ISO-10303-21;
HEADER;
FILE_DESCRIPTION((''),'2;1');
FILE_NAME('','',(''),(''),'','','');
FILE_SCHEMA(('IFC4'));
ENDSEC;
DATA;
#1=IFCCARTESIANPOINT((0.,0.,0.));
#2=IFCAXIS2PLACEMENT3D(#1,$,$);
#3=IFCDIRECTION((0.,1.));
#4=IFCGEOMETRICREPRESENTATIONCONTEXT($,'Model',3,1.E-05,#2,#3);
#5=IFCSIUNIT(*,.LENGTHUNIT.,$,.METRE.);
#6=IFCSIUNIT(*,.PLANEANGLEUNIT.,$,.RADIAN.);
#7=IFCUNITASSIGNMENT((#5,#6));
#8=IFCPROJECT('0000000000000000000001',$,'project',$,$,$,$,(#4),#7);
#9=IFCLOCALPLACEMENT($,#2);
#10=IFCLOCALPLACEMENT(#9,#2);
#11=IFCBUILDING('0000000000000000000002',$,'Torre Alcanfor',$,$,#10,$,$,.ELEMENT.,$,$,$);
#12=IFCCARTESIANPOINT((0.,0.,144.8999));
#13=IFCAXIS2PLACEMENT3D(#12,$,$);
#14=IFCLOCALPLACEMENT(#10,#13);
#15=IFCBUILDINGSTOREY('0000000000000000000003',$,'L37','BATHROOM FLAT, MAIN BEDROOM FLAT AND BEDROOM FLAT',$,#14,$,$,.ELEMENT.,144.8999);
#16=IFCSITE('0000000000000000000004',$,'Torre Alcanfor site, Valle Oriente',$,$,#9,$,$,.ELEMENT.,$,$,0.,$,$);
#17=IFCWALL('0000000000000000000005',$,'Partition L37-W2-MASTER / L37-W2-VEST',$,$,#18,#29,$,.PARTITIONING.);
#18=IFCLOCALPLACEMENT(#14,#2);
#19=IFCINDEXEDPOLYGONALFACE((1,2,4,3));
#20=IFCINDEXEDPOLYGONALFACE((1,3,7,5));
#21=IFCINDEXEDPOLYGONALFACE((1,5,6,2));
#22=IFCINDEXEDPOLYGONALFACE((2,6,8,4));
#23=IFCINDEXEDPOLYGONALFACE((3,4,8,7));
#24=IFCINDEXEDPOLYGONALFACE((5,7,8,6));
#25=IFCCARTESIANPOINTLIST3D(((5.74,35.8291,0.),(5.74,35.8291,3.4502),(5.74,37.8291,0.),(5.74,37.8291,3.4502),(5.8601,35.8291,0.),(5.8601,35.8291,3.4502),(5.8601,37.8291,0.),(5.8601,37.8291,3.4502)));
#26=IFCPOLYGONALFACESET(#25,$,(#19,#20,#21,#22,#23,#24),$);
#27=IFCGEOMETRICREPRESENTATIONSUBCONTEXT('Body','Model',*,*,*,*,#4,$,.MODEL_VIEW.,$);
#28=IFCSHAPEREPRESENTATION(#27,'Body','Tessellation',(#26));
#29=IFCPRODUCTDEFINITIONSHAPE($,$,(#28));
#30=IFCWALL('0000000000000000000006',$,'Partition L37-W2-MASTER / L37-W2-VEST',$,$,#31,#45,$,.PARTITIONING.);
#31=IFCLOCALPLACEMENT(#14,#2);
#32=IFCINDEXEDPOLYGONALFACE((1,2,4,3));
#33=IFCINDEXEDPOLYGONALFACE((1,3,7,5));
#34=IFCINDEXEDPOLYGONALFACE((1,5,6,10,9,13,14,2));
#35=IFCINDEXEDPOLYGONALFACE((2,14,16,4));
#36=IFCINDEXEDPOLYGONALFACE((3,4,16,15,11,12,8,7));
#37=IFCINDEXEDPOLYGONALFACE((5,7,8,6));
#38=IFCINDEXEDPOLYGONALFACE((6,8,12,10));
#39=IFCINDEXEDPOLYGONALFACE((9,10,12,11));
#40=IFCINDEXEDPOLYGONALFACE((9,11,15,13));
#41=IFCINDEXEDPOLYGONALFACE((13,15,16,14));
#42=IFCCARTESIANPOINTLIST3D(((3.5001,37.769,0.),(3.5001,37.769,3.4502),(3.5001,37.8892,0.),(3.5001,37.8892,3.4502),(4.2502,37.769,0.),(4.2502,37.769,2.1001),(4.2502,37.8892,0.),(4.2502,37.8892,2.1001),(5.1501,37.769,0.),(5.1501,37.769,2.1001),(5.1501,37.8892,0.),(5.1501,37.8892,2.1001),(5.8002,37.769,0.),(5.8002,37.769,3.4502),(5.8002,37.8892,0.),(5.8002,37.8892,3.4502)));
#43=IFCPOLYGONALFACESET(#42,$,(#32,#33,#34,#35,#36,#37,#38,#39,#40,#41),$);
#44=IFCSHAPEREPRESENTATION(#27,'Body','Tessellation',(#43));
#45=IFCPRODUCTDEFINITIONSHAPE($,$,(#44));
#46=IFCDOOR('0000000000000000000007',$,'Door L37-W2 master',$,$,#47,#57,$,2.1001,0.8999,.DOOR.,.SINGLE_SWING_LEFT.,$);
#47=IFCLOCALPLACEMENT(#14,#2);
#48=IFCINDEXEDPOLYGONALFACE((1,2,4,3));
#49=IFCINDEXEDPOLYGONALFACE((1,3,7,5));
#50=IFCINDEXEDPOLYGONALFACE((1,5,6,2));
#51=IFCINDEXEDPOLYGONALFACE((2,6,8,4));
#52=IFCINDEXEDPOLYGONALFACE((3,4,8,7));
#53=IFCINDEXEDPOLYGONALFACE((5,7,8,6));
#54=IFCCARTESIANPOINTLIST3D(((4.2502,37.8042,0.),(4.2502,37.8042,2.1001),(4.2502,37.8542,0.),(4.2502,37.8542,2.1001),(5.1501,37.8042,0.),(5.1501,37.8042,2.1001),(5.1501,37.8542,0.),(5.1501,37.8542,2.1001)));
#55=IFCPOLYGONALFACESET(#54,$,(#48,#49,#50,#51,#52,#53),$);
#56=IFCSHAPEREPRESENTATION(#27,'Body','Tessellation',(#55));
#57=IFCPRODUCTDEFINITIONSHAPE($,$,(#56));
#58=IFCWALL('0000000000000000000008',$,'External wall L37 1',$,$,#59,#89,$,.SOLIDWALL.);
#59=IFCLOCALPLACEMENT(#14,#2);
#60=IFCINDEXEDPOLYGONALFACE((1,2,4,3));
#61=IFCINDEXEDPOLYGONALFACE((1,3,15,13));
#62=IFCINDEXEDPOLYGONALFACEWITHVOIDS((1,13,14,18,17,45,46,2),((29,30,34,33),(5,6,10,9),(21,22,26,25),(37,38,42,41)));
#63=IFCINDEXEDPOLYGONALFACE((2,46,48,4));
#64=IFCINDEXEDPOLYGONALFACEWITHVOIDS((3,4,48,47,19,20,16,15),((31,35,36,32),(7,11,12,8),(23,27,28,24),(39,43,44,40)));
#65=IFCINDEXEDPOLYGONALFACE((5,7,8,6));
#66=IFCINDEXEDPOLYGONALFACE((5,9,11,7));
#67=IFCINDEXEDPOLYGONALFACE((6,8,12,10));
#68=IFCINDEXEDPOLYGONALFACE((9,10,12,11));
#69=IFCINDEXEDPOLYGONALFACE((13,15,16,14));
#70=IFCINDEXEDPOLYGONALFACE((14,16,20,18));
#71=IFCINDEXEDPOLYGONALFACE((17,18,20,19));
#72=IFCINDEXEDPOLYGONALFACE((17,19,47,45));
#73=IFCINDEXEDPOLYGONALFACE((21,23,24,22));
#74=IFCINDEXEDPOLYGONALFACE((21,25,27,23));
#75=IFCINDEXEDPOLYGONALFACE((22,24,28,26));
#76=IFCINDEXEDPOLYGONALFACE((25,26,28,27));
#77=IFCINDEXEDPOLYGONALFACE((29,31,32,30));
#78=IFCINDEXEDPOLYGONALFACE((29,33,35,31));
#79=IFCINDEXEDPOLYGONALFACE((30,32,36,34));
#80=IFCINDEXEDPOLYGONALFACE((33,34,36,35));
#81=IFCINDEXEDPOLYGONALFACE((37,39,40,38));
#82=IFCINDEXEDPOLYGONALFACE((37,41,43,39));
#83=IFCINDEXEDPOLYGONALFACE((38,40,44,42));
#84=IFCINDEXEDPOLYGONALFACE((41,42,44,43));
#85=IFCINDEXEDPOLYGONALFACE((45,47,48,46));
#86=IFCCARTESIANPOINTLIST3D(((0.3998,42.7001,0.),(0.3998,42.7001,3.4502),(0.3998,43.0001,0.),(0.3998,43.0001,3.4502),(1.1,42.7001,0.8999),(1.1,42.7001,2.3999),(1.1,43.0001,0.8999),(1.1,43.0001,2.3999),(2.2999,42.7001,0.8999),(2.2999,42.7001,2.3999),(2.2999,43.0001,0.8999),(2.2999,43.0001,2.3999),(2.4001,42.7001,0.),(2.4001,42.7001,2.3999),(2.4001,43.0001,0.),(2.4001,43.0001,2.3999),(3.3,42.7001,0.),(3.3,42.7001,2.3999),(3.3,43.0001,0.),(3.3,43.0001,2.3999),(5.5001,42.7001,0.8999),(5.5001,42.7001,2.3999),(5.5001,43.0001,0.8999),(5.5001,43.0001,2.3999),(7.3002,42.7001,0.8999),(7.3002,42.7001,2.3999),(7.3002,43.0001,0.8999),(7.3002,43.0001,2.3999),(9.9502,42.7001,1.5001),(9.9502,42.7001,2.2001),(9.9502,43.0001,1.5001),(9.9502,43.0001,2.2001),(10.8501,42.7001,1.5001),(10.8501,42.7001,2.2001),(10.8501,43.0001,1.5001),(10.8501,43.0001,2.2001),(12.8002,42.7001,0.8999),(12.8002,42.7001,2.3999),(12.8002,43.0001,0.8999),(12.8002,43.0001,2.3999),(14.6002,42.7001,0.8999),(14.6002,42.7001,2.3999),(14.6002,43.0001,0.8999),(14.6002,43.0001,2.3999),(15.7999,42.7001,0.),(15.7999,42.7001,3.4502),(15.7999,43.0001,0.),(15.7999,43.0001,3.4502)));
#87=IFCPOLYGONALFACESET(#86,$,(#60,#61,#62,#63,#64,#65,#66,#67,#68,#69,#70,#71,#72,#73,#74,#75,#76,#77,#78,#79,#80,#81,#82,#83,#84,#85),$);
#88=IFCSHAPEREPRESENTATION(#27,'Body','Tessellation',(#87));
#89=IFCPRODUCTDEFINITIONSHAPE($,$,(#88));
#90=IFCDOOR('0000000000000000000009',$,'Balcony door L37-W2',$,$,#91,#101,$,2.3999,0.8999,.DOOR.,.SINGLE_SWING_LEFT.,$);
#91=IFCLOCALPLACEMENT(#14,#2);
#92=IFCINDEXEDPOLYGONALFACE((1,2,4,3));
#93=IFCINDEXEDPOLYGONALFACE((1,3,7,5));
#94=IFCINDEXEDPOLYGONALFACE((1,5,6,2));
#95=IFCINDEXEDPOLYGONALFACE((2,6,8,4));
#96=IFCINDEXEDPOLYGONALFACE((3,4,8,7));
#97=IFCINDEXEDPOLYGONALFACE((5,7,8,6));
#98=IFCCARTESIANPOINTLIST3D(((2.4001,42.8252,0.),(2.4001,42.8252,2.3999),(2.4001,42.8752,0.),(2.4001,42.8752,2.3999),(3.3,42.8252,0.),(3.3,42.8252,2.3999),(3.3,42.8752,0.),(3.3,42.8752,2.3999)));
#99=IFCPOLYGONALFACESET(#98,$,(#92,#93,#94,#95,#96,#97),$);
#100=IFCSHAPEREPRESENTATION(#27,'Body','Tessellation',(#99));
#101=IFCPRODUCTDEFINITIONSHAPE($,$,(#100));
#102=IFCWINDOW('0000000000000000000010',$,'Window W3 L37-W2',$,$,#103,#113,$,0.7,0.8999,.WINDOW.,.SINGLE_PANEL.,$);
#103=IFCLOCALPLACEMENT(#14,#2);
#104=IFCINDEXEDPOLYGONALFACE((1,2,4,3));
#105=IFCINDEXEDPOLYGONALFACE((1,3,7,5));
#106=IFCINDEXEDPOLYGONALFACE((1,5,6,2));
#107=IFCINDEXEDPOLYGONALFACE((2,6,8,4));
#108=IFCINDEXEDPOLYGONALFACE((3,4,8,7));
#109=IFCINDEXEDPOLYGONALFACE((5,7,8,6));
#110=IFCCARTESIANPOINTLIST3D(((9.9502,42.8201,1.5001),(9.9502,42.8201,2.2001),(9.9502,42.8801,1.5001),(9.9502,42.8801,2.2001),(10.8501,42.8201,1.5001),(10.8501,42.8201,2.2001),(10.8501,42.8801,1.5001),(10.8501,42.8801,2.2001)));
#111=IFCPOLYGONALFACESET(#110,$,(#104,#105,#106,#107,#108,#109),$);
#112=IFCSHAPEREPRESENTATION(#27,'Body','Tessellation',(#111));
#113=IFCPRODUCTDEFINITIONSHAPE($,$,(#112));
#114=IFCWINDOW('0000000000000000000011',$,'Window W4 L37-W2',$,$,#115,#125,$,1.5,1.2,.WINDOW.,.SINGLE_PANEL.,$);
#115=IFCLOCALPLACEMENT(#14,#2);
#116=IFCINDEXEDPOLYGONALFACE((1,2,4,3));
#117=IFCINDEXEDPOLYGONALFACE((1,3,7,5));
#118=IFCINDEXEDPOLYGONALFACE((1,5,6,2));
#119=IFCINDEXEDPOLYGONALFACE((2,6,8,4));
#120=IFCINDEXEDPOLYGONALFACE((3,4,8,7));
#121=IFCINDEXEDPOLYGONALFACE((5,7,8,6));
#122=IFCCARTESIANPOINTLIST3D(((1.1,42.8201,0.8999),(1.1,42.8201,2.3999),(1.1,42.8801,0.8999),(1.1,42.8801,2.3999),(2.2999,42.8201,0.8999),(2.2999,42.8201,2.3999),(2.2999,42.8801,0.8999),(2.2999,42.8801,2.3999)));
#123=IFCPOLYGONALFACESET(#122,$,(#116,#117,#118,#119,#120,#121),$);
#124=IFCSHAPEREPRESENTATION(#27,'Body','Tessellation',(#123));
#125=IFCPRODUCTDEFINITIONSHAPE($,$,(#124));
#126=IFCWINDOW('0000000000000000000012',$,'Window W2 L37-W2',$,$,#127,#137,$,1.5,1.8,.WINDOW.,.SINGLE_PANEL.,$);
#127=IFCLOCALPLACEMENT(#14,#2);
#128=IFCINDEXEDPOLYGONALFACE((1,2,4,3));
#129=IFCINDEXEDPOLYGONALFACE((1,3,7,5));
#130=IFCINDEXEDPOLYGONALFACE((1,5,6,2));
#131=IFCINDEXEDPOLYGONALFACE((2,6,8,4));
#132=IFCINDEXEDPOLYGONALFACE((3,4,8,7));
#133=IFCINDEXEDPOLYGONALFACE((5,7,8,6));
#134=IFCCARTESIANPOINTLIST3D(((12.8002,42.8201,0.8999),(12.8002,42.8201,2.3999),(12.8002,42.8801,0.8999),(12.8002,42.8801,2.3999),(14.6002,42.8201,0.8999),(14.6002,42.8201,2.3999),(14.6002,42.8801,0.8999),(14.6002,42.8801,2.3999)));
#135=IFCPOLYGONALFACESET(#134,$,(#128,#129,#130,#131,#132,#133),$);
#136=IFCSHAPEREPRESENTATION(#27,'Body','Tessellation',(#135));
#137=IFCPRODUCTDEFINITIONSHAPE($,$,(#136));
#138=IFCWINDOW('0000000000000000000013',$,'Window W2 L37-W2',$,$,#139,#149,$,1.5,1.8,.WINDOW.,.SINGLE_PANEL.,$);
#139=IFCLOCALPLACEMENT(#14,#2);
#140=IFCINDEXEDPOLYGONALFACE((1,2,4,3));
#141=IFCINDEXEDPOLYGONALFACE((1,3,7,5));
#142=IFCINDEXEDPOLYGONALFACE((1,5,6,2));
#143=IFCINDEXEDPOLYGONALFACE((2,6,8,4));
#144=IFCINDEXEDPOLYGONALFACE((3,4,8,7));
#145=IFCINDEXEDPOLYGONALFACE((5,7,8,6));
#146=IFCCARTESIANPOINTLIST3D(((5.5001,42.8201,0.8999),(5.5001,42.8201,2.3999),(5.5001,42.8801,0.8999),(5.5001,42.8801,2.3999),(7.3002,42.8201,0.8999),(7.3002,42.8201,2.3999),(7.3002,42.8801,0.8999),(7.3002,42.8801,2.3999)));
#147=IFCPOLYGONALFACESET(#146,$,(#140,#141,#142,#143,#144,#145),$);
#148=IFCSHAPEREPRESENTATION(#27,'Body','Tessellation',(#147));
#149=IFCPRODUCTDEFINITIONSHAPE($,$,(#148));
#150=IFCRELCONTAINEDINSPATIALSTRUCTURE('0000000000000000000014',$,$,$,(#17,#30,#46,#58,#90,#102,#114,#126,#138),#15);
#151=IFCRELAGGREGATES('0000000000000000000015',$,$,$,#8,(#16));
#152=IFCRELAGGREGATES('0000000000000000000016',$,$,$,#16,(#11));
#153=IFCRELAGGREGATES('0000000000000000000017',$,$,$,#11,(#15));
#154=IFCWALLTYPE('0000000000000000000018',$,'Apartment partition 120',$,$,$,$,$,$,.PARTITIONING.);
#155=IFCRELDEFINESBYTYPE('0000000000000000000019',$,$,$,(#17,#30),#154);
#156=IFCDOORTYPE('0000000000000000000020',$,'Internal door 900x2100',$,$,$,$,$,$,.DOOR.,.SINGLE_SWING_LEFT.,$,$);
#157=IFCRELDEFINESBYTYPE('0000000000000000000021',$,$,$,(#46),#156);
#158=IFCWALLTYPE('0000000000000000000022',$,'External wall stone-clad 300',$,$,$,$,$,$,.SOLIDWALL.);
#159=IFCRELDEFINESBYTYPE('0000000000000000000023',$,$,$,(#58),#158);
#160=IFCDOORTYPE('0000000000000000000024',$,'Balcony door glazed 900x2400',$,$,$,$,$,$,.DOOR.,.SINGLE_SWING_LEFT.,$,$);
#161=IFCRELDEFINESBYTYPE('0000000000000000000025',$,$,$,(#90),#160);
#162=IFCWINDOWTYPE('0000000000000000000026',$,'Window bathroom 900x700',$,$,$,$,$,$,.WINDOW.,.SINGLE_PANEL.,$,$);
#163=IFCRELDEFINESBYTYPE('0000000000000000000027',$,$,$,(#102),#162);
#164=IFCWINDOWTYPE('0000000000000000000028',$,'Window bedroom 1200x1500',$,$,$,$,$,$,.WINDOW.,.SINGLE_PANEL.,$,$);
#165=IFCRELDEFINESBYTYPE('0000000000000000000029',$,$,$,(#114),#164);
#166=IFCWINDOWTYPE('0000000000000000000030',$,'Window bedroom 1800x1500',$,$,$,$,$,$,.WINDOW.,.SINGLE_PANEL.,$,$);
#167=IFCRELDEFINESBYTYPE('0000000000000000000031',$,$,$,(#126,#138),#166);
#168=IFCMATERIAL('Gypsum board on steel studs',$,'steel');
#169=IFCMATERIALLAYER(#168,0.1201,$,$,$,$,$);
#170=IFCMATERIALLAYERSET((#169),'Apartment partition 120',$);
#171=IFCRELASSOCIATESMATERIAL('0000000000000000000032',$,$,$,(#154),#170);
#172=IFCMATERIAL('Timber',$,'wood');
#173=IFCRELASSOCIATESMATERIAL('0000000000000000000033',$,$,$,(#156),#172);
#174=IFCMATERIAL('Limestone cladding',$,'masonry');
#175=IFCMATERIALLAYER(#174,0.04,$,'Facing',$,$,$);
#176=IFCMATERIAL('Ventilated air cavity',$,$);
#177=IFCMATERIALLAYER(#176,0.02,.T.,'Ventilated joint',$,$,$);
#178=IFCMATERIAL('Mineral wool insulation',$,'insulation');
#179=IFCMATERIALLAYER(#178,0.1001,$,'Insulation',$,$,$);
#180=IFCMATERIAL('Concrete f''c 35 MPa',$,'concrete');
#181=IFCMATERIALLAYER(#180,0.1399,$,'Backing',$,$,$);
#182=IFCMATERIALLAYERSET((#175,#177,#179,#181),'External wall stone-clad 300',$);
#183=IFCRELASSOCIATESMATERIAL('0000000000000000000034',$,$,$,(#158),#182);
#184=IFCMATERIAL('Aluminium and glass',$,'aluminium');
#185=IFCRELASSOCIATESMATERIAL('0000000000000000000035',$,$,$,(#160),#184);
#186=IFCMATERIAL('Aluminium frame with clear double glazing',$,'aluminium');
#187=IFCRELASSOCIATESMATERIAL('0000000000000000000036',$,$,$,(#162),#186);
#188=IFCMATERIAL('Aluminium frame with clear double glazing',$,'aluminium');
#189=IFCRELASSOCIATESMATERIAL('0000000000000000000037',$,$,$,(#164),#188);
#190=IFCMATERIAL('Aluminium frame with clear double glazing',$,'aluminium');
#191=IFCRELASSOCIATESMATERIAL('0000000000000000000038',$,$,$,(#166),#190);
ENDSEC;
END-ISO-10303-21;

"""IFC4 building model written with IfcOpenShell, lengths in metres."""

from ifc_helpers import new_model, si_unit, direction, frame, frame_2d, origin, place, context, subcontext, project, spatial, rectangle, extrude, material, layer, layer_set, type_object, element, fill, save


model = new_model("IFC4")

# Units and contexts
model_context = context("Model", 3, precision=1e-05, world=origin(), true_north=direction((0.0, 1.0)))
body_context = subcontext(model_context, "Body", "Model", "MODEL_VIEW")
ifc_project = project(units=[si_unit("LENGTHUNIT", "METRE"), si_unit("PLANEANGLEUNIT", "RADIAN")], contexts=[model_context])

# Site, building, storey
site_placement = place(None, origin())
site = spatial("IfcSite", under=ifc_project, at=site_placement, Name="Torre Alcanfor site, Valle Oriente", CompositionType="ELEMENT", RefElevation=0.0)
building_placement = place(site_placement, origin())
building = spatial("IfcBuilding", under=site, at=building_placement, Name="Torre Alcanfor", CompositionType="ELEMENT")
storey_placement = place(building_placement, frame((0.0, 0.0, 144.8999)))
storey = spatial("IfcBuildingStorey", under=building, at=storey_placement, Name="L37", Description="BATHROOM FLAT, MAIN BEDROOM FLAT AND BEDROOM FLAT", CompositionType="ELEMENT", Elevation=144.8999)

# Shared definitions
ifc_material_1 = material(Name="Gypsum board on steel studs", Category="steel")
ifc_layer_1 = layer(ifc_material_1, 0.1201)
ifc_layer_set_1 = layer_set([ifc_layer_1], Name="Apartment partition 120")
wall_type_1 = type_object("IfcWallType", Name="Apartment partition 120", PredefinedType="PARTITIONING", material=ifc_layer_set_1)
ifc_material_2 = material(Name="Timber", Category="wood")
door_type_1 = type_object("IfcDoorType", Name="Internal door 900x2100", OperationType="SINGLE_SWING_LEFT", PredefinedType="DOOR", material=ifc_material_2)

# Wall
wall_1_placement = place(storey_placement, frame((5.8, 35.8291, 0.0), z_axis=(0.0, 0.0, 1.0), x_axis=(0.0, 1.0, 0.0)))
element("IfcWall", 1, at=wall_1_placement, inside=storey, type_object=wall_type_1, Name="Partition L37-W2-MASTER / L37-W2-VEST", PredefinedType="PARTITIONING", context=body_context, shape_type="SweptSolid", body=[
    extrude(rectangle(XDim=2.0, YDim=0.1201, at=frame_2d((1.0, 0.0))), origin(), (0.0, 0.0, 1.0), 3.4502),
])

# Wall, opening, door
wall_2_placement = place(storey_placement, frame((5.8, 37.8291, 0.0), z_axis=(0.0, 0.0, 1.0), x_axis=(-1.0, 0.0, 0.0)))
wall_2 = element("IfcWall", 2, at=wall_2_placement, inside=storey, type_object=wall_type_1, Name="Partition L37-W2-MASTER / L37-W2-VEST", PredefinedType="PARTITIONING", context=body_context, shape_type="SweptSolid", body=[
    extrude(rectangle(XDim=2.3, YDim=0.1201, at=frame_2d((1.1499, 0.0))), origin(), (0.0, 0.0, 1.0), 3.4502),
])
opening_1_placement = place(wall_2_placement, frame((0.6499, 0.0, 0.0)))
opening_1 = element("IfcOpeningElement", 3, at=opening_1_placement, cuts=wall_2, PredefinedType="OPENING", context=body_context, shape_type="SweptSolid", body=[
    extrude(rectangle(XDim=0.8999, YDim=2.1001, at=frame_2d((0.45, 1.05))), frame((0.0, 0.0701, 0.0), z_axis=(0.0, -1.0, 0.0), x_axis=(1.0, 0.0, 0.0)), (0.0, 0.0, 1.0), 0.1401),
])
door_1_placement = place(opening_1_placement, origin())
door_1 = element("IfcDoor", 4, at=door_1_placement, inside=storey, type_object=door_type_1, Name="Door L37-W2 master", OperationType="SINGLE_SWING_LEFT", OverallHeight=2.1001, OverallWidth=0.8999, PredefinedType="DOOR", context=body_context, shape_type="SweptSolid", body=[
    extrude(rectangle(XDim=0.8999, YDim=2.1001, at=frame_2d((0.45, 1.05))), frame((0.0, 0.0249, 0.0), z_axis=(0.0, -1.0, 0.0), x_axis=(1.0, 0.0, 0.0)), (0.0, 0.0, 1.0), 0.05),
])
fill(opening_1, door_1)

# Wall, openings, door, windows
ifc_material_3 = material(Name="Limestone cladding", Category="masonry")
ifc_layer_2 = layer(ifc_material_3, 0.04, Name="Facing")
ifc_material_4 = material(Name="Ventilated air cavity")
ifc_layer_3 = layer(ifc_material_4, 0.02, ventilated=True, Name="Ventilated joint")
ifc_material_5 = material(Name="Mineral wool insulation", Category="insulation")
ifc_layer_4 = layer(ifc_material_5, 0.1001, Name="Insulation")
ifc_material_6 = material(Name="Concrete f'c 35 MPa", Category="concrete")
ifc_layer_5 = layer(ifc_material_6, 0.1399, Name="Backing")
ifc_layer_set_2 = layer_set([ifc_layer_2, ifc_layer_3, ifc_layer_4, ifc_layer_5], Name="External wall stone-clad 300")
wall_type_2 = type_object("IfcWallType", Name="External wall stone-clad 300", PredefinedType="SOLIDWALL", material=ifc_layer_set_2)
wall_3_placement = place(storey_placement, frame((15.8, 42.8501, 0.0), z_axis=(0.0, 0.0, 1.0), x_axis=(-1.0, 0.0, 0.0)))
wall_3 = element("IfcWall", 5, at=wall_3_placement, inside=storey, type_object=wall_type_2, Name="External wall L37 1", PredefinedType="SOLIDWALL", context=body_context, shape_type="SweptSolid", body=[
    extrude(rectangle(XDim=15.4001, YDim=0.3, at=frame_2d((7.7002, 0.0))), origin(), (0.0, 0.0, 1.0), 3.4502),
])
opening_2_placement = place(wall_3_placement, frame((1.2, 0.0, 0.8999)))
opening_2 = element("IfcOpeningElement", 6, at=opening_2_placement, cuts=wall_3, PredefinedType="OPENING", context=body_context, shape_type="SweptSolid", body=[
    extrude(rectangle(XDim=1.8, YDim=1.5, at=frame_2d((0.8999, 0.75))), frame((0.0, 0.1599, 0.0), z_axis=(0.0, -1.0, 0.0), x_axis=(1.0, 0.0, 0.0)), (0.0, 0.0, 1.0), 0.3201),
])
opening_3_placement = place(wall_3_placement, frame((4.95, 0.0, 1.5)))
opening_3 = element("IfcOpeningElement", 7, at=opening_3_placement, cuts=wall_3, PredefinedType="OPENING", context=body_context, shape_type="SweptSolid", body=[
    extrude(rectangle(XDim=0.8999, YDim=0.7, at=frame_2d((0.45, 0.3501))), frame((0.0, 0.1599, 0.0), z_axis=(0.0, -1.0, 0.0), x_axis=(1.0, 0.0, 0.0)), (0.0, 0.0, 1.0), 0.3201),
])
opening_4_placement = place(wall_3_placement, frame((8.5, 0.0, 0.8999)))
opening_4 = element("IfcOpeningElement", 8, at=opening_4_placement, cuts=wall_3, PredefinedType="OPENING", context=body_context, shape_type="SweptSolid", body=[
    extrude(rectangle(XDim=1.8, YDim=1.5, at=frame_2d((0.8999, 0.75))), frame((0.0, 0.1599, 0.0), z_axis=(0.0, -1.0, 0.0), x_axis=(1.0, 0.0, 0.0)), (0.0, 0.0, 1.0), 0.3201),
])
opening_5_placement = place(wall_3_placement, frame((12.5, 0.0, 0.0)))
opening_5 = element("IfcOpeningElement", 9, at=opening_5_placement, cuts=wall_3, PredefinedType="OPENING", context=body_context, shape_type="SweptSolid", body=[
    extrude(rectangle(XDim=0.8999, YDim=2.3999, at=frame_2d((0.45, 1.2))), frame((0.0, 0.1599, 0.0), z_axis=(0.0, -1.0, 0.0), x_axis=(1.0, 0.0, 0.0)), (0.0, 0.0, 1.0), 0.3201),
])
opening_6_placement = place(wall_3_placement, frame((13.5, 0.0, 0.8999)))
opening_6 = element("IfcOpeningElement", 10, at=opening_6_placement, cuts=wall_3, PredefinedType="OPENING", context=body_context, shape_type="SweptSolid", body=[
    extrude(rectangle(XDim=1.2, YDim=1.5, at=frame_2d((0.6001, 0.75))), frame((0.0, 0.1599, 0.0), z_axis=(0.0, -1.0, 0.0), x_axis=(1.0, 0.0, 0.0)), (0.0, 0.0, 1.0), 0.3201),
])
ifc_material_7 = material(Name="Aluminium and glass", Category="aluminium")
door_type_2 = type_object("IfcDoorType", Name="Balcony door glazed 900x2400", OperationType="SINGLE_SWING_LEFT", PredefinedType="DOOR", material=ifc_material_7)
door_2_placement = place(opening_5_placement, origin())
door_2 = element("IfcDoor", 11, at=door_2_placement, inside=storey, type_object=door_type_2, Name="Balcony door L37-W2", OperationType="SINGLE_SWING_LEFT", OverallHeight=2.3999, OverallWidth=0.8999, PredefinedType="DOOR", context=body_context, shape_type="SweptSolid", body=[
    extrude(rectangle(XDim=0.8999, YDim=2.3999, at=frame_2d((0.45, 1.2))), frame((0.0, 0.0249, 0.0), z_axis=(0.0, -1.0, 0.0), x_axis=(1.0, 0.0, 0.0)), (0.0, 0.0, 1.0), 0.05),
])
fill(opening_5, door_2)
ifc_material_8 = material(Name="Aluminium frame with clear double glazing", Category="aluminium")
window_type_1 = type_object("IfcWindowType", Name="Window bathroom 900x700", PartitioningType="SINGLE_PANEL", PredefinedType="WINDOW", material=ifc_material_8)
window_1_placement = place(opening_3_placement, origin())
window_1 = element("IfcWindow", 12, at=window_1_placement, inside=storey, type_object=window_type_1, Name="Window W3 L37-W2", OverallHeight=0.7, OverallWidth=0.8999, PartitioningType="SINGLE_PANEL", PredefinedType="WINDOW", context=body_context, shape_type="SweptSolid", body=[
    extrude(rectangle(XDim=0.8999, YDim=0.7, at=frame_2d((0.45, 0.3501))), frame((0.0, 0.03, 0.0), z_axis=(0.0, -1.0, 0.0), x_axis=(1.0, 0.0, 0.0)), (0.0, 0.0, 1.0), 0.0601),
])
fill(opening_3, window_1)
ifc_material_9 = material(Name="Aluminium frame with clear double glazing", Category="aluminium")
window_type_2 = type_object("IfcWindowType", Name="Window bedroom 1200x1500", PartitioningType="SINGLE_PANEL", PredefinedType="WINDOW", material=ifc_material_9)
window_2_placement = place(opening_6_placement, origin())
window_2 = element("IfcWindow", 13, at=window_2_placement, inside=storey, type_object=window_type_2, Name="Window W4 L37-W2", OverallHeight=1.5, OverallWidth=1.2, PartitioningType="SINGLE_PANEL", PredefinedType="WINDOW", context=body_context, shape_type="SweptSolid", body=[
    extrude(rectangle(XDim=1.2, YDim=1.5, at=frame_2d((0.6001, 0.75))), frame((0.0, 0.03, 0.0), z_axis=(0.0, -1.0, 0.0), x_axis=(1.0, 0.0, 0.0)), (0.0, 0.0, 1.0), 0.0601),
])
fill(opening_6, window_2)
ifc_material_10 = material(Name="Aluminium frame with clear double glazing", Category="aluminium")
window_type_3 = type_object("IfcWindowType", Name="Window bedroom 1800x1500", PartitioningType="SINGLE_PANEL", PredefinedType="WINDOW", material=ifc_material_10)
window_3_placement = place(opening_2_placement, origin())
window_3 = element("IfcWindow", 14, at=window_3_placement, inside=storey, type_object=window_type_3, Name="Window W2 L37-W2", OverallHeight=1.5, OverallWidth=1.8, PartitioningType="SINGLE_PANEL", PredefinedType="WINDOW", context=body_context, shape_type="SweptSolid", body=[
    extrude(rectangle(XDim=1.8, YDim=1.5, at=frame_2d((0.8999, 0.75))), frame((0.0, 0.03, 0.0), z_axis=(0.0, -1.0, 0.0), x_axis=(1.0, 0.0, 0.0)), (0.0, 0.0, 1.0), 0.0601),
])
fill(opening_2, window_3)
window_4_placement = place(opening_4_placement, origin())
window_4 = element("IfcWindow", 15, at=window_4_placement, inside=storey, type_object=window_type_3, Name="Window W2 L37-W2", OverallHeight=1.5, OverallWidth=1.8, PartitioningType="SINGLE_PANEL", PredefinedType="WINDOW", context=body_context, shape_type="SweptSolid", body=[
    extrude(rectangle(XDim=1.8, YDim=1.5, at=frame_2d((0.8999, 0.75))), frame((0.0, 0.03, 0.0), z_axis=(0.0, -1.0, 0.0), x_axis=(1.0, 0.0, 0.0)), (0.0, 0.0, 1.0), 0.0601),
])
fill(opening_4, window_4)

save(model, "model.ifc")
